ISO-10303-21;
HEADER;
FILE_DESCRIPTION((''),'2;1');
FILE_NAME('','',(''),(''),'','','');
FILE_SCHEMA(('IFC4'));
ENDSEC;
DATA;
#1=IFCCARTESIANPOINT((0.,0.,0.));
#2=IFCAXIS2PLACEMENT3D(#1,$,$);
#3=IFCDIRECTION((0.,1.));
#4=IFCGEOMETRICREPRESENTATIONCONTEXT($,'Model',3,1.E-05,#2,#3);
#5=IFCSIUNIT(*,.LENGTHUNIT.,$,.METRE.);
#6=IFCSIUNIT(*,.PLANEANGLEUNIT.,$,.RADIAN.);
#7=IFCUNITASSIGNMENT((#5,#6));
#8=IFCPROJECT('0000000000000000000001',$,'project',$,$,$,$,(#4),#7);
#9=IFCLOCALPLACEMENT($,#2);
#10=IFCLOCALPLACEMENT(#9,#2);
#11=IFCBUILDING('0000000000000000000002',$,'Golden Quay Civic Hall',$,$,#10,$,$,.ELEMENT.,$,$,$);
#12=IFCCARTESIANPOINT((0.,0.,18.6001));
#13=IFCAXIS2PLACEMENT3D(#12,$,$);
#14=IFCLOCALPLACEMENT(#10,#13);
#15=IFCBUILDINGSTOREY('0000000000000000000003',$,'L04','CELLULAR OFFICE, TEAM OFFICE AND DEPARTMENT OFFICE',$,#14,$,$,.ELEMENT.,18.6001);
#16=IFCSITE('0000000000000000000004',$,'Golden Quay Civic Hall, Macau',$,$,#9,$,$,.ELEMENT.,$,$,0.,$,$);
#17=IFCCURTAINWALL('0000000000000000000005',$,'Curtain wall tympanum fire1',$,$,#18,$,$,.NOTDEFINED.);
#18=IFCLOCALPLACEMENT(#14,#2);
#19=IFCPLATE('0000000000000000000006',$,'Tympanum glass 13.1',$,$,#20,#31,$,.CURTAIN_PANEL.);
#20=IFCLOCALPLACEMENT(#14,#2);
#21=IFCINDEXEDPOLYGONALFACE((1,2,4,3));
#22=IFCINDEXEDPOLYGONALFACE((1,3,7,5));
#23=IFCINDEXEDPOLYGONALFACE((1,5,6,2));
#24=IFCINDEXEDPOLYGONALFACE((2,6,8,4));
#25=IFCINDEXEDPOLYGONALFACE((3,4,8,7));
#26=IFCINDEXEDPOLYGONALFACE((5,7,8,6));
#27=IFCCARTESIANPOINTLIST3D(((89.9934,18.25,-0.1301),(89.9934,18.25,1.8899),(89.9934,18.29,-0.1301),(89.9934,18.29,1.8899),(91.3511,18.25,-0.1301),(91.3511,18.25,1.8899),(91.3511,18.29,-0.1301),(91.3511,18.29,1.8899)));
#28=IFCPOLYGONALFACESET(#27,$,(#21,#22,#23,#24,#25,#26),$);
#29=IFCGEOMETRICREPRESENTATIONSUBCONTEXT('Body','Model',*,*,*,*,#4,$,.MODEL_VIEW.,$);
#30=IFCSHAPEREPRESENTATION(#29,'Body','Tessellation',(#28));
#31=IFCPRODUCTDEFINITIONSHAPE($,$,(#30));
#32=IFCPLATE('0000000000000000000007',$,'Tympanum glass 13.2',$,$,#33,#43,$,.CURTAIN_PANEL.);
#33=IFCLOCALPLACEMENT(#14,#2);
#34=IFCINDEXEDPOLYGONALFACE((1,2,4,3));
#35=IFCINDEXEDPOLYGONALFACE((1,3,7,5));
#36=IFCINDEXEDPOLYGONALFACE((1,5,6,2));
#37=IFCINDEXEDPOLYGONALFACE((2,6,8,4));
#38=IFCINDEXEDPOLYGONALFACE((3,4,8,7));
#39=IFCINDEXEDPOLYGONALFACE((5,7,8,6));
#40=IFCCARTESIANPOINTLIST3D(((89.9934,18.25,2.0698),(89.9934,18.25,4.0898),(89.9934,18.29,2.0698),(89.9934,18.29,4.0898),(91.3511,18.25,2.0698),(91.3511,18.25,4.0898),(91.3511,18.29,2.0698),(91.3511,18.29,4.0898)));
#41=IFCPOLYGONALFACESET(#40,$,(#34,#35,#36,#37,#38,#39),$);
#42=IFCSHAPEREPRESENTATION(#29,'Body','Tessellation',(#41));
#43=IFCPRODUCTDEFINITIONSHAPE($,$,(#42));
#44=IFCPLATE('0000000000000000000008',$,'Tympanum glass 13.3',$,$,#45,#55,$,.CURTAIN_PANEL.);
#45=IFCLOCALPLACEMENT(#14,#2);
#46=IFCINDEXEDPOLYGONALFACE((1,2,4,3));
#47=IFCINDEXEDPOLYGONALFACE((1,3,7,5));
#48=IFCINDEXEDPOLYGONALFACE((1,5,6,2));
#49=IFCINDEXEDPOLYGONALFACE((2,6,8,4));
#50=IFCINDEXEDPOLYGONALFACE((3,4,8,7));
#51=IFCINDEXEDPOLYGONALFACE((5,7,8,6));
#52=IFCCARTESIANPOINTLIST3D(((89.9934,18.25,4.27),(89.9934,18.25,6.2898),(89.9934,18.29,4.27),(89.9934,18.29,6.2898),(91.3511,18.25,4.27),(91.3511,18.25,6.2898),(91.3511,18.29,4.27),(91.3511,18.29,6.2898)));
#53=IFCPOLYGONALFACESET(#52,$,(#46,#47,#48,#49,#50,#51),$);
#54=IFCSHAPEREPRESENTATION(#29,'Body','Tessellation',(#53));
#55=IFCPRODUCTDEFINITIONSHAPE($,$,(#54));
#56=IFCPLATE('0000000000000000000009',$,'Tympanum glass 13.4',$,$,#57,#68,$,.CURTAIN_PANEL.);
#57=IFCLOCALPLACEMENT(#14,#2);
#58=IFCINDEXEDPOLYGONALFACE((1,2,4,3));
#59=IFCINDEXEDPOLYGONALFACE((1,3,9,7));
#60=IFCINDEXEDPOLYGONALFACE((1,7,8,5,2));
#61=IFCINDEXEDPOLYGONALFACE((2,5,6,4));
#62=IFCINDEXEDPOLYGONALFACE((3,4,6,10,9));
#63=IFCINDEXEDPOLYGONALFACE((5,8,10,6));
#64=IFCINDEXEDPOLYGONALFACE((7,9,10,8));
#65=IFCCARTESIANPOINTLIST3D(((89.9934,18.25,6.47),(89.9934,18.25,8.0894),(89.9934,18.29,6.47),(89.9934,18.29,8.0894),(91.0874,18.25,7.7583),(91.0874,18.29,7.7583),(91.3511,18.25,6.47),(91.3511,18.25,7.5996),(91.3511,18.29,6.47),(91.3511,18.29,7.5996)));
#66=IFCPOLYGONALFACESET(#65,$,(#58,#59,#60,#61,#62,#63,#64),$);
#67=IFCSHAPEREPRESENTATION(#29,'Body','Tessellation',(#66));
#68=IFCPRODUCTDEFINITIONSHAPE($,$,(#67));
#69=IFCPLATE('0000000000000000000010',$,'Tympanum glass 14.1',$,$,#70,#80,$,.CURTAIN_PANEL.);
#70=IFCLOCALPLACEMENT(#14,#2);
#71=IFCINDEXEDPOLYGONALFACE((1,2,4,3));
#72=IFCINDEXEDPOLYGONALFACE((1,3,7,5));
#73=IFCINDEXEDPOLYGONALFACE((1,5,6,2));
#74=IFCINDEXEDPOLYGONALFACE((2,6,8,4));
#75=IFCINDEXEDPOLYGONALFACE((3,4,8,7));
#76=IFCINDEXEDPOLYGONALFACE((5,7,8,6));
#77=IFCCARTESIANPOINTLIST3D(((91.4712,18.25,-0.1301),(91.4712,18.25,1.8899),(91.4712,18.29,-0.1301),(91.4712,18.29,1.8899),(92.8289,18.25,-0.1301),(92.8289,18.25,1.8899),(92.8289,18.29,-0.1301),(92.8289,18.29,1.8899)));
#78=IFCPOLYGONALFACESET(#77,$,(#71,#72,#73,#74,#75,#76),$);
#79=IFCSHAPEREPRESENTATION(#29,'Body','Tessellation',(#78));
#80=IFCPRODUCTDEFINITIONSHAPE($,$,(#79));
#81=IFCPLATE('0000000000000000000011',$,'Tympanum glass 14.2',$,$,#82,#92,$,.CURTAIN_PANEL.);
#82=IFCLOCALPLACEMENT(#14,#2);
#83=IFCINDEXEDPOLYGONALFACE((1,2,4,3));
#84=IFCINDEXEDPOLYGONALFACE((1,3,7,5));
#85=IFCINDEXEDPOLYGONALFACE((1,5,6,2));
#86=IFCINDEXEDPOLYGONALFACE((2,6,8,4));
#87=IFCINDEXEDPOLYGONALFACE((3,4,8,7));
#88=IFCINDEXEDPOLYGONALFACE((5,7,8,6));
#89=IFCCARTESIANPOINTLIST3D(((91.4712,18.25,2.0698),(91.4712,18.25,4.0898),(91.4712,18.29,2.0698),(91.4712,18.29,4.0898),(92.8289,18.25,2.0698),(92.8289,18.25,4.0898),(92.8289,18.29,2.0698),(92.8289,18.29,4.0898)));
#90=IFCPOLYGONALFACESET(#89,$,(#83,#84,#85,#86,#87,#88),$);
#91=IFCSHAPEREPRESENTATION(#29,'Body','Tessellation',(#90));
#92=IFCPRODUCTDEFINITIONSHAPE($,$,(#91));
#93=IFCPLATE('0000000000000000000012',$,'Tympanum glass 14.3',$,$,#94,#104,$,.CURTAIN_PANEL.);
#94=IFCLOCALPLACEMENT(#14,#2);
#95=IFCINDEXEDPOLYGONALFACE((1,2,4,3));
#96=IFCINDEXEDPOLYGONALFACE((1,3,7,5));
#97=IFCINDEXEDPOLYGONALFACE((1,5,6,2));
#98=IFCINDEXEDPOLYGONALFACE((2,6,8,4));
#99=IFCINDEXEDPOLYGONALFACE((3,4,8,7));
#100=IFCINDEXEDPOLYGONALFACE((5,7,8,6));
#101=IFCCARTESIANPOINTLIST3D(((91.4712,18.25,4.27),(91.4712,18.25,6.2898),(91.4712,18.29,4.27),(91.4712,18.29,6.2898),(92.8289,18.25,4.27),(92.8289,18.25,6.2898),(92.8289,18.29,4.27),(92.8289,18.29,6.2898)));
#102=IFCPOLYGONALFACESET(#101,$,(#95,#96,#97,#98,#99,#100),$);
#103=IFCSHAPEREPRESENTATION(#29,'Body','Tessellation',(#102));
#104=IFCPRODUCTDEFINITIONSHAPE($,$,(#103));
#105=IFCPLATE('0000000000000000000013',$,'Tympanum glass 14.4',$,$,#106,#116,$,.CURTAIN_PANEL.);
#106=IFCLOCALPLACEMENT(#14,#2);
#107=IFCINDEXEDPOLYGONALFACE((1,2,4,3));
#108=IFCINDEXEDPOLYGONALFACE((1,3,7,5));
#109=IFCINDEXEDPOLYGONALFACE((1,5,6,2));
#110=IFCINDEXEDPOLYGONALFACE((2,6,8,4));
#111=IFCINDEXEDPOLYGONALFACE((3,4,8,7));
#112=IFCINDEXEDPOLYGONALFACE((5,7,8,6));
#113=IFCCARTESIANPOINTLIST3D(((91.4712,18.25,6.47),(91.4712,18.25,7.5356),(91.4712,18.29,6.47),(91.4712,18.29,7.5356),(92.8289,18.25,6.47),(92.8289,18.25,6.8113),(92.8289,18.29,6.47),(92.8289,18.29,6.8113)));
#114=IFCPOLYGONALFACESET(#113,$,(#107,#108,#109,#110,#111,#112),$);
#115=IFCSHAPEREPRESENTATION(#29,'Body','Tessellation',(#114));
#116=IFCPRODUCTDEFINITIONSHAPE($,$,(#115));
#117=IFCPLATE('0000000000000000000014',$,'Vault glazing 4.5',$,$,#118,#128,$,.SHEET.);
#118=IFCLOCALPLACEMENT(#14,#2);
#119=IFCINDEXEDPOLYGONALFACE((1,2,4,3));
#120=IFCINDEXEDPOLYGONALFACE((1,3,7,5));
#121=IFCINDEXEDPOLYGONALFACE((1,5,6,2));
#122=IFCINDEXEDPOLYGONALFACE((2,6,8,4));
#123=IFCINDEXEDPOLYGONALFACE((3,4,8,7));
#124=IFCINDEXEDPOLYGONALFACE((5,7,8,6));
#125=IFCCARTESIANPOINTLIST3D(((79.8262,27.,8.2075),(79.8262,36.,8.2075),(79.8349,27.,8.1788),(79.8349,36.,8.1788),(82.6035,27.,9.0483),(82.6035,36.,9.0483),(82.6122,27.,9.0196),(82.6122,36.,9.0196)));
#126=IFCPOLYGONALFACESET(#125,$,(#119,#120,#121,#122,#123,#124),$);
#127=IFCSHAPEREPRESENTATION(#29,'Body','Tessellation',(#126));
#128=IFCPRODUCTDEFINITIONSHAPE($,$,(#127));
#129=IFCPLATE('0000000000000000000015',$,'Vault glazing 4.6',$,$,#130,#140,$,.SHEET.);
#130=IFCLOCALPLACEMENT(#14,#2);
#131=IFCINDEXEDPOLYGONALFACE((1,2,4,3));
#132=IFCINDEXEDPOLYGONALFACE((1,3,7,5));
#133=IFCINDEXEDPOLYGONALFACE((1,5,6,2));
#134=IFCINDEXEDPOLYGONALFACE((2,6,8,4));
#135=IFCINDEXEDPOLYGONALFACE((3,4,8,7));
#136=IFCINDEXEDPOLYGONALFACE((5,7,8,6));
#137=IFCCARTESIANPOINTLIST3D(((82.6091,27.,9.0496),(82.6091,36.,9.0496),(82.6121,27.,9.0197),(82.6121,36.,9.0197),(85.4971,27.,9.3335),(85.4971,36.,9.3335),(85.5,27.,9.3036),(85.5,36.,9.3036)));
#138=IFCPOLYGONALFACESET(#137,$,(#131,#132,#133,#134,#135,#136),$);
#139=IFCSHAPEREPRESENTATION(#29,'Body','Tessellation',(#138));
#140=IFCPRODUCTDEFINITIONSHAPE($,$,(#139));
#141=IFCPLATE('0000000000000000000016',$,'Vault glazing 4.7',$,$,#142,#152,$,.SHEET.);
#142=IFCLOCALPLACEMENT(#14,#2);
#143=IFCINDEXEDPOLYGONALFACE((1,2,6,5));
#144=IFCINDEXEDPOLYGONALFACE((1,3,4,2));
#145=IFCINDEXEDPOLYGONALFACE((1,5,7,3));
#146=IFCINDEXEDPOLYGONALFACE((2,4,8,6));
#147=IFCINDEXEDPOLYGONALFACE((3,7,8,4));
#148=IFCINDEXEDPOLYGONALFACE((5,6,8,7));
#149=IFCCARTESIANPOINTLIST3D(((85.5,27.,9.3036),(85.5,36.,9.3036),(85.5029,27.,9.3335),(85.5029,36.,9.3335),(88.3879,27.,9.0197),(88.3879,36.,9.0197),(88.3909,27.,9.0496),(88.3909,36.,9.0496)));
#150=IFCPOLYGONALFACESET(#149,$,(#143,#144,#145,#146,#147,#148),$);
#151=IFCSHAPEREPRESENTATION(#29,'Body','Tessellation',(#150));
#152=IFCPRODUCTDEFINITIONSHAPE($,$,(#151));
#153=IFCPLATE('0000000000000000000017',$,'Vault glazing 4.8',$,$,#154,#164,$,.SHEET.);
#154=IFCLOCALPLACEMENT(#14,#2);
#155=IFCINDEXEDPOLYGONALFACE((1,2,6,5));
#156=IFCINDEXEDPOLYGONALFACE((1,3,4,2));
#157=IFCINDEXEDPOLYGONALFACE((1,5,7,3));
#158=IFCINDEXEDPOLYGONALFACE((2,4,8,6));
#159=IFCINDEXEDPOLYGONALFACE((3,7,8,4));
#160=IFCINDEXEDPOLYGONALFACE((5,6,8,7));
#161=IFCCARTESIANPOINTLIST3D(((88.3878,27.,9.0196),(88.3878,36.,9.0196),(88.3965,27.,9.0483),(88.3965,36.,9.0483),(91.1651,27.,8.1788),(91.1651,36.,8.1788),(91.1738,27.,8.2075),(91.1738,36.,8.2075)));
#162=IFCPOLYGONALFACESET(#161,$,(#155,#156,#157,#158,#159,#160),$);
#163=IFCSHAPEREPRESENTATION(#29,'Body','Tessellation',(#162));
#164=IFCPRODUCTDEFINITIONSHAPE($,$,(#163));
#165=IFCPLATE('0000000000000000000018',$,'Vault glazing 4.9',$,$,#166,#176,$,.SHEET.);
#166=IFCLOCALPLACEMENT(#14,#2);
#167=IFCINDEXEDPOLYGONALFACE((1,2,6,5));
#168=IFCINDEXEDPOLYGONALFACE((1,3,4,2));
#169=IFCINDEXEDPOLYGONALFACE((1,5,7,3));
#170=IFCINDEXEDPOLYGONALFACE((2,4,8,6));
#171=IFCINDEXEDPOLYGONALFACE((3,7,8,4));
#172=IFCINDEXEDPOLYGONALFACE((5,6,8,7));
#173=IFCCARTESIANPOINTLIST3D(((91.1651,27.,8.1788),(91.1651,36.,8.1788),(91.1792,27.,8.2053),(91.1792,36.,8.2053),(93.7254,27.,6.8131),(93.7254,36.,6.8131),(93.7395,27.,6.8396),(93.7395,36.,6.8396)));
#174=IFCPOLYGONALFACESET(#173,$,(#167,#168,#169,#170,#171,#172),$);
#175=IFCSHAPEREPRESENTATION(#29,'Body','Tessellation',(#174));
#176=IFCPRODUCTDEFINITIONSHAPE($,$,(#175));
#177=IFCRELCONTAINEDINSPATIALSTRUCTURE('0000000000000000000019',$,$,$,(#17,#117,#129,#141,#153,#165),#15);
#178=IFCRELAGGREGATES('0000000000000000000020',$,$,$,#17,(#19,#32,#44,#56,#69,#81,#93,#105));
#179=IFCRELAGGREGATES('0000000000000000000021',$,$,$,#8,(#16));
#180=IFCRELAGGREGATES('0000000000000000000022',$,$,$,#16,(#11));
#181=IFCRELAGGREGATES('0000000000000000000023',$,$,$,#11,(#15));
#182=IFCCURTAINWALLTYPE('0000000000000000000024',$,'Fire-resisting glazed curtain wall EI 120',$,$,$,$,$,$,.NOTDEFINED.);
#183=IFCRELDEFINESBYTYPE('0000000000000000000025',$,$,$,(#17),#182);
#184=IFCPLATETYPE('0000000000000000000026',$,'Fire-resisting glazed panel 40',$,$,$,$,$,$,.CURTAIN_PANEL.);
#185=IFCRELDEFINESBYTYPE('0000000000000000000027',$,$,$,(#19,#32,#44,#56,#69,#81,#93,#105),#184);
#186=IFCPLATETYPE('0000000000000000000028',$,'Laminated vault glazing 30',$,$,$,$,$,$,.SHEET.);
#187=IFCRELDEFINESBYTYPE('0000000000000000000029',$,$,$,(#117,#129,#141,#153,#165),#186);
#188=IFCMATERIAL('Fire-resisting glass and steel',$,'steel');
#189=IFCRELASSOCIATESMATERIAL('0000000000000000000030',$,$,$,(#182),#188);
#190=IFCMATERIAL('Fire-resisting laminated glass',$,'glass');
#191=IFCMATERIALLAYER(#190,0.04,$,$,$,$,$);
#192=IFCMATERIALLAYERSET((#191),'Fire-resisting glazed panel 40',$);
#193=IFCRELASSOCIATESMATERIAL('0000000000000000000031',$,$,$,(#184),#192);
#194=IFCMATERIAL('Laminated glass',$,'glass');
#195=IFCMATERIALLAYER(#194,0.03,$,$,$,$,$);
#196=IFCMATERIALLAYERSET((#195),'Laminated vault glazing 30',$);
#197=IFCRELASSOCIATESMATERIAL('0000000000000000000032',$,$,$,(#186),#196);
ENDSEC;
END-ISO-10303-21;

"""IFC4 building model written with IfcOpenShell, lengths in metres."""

from ifc_helpers import new_model, si_unit, direction, frame, origin, place, context, subcontext, project, spatial, polyline, outline, extrude, material, layer, layer_set, type_object, element, aggregate, save


model = new_model("IFC4")

# Units and contexts
model_context = context("Model", 3, precision=1e-05, world=origin(), true_north=direction((0.0, 1.0)))
body_context = subcontext(model_context, "Body", "Model", "MODEL_VIEW")
ifc_project = project(units=[si_unit("LENGTHUNIT", "METRE"), si_unit("PLANEANGLEUNIT", "RADIAN")], contexts=[model_context])

# Site, building, storey
site_placement = place(None, origin())
site = spatial("IfcSite", under=ifc_project, at=site_placement, Name="Golden Quay Civic Hall, Macau", CompositionType="ELEMENT", RefElevation=0.0)
building_placement = place(site_placement, origin())
building = spatial("IfcBuilding", under=site, at=building_placement, Name="Golden Quay Civic Hall", CompositionType="ELEMENT")
storey_placement = place(building_placement, frame((0.0, 0.0, 18.6001)))
storey = spatial("IfcBuildingStorey", under=building, at=storey_placement, Name="L04", Description="CELLULAR OFFICE, TEAM OFFICE AND DEPARTMENT OFFICE", CompositionType="ELEMENT", Elevation=18.6001)

# Curtain wall, plates
ifc_material_1 = material(Name="Fire-resisting glass and steel", Category="steel")
curtain_wall_type = type_object("IfcCurtainWallType", Name="Fire-resisting glazed curtain wall EI 120", PredefinedType="NOTDEFINED", material=ifc_material_1)
curtain_wall_placement = place(storey_placement, origin())
curtain_wall = element("IfcCurtainWall", 1, at=curtain_wall_placement, inside=storey, type_object=curtain_wall_type, Name="Curtain wall tympanum fire1", PredefinedType="NOTDEFINED")
ifc_material_2 = material(Name="Fire-resisting laminated glass", Category="glass")
ifc_layer_1 = layer(ifc_material_2, 0.04)
ifc_layer_set_1 = layer_set([ifc_layer_1], Name="Fire-resisting glazed panel 40")
plate_type_1 = type_object("IfcPlateType", Name="Fire-resisting glazed panel 40", PredefinedType="CURTAIN_PANEL", material=ifc_layer_set_1)
plate_1_placement = place(storey_placement, frame((91.3511, 18.29, -0.1301), z_axis=(0.0, 1.0, 0.0), x_axis=(-1.0, 0.0, 0.0)))
plate_1 = element("IfcPlate", 2, at=plate_1_placement, type_object=plate_type_1, Name="Tympanum glass 13.1", PredefinedType="CURTAIN_PANEL", context=body_context, shape_type="SweptSolid", body=[
    extrude(outline(polyline([(0.0, 0.0), (1.3577, 0.0), (1.3577, 2.02), (0.0, 2.02), (0.0, 0.0)])), origin(), (0.0, 0.0, -1.0), 0.04),
])
plate_2_placement = place(storey_placement, frame((91.3511, 18.29, 2.0698), z_axis=(0.0, 1.0, 0.0), x_axis=(-1.0, 0.0, 0.0)))
plate_2 = element("IfcPlate", 3, at=plate_2_placement, type_object=plate_type_1, Name="Tympanum glass 13.2", PredefinedType="CURTAIN_PANEL", context=body_context, shape_type="SweptSolid", body=[
    extrude(outline(polyline([(0.0, 0.0), (1.3577, 0.0), (1.3577, 2.02), (0.0, 2.02), (0.0, 0.0)])), origin(), (0.0, 0.0, -1.0), 0.04),
])
plate_3_placement = place(storey_placement, frame((91.3511, 18.29, 4.27), z_axis=(0.0, 1.0, 0.0), x_axis=(-1.0, 0.0, 0.0)))
plate_3 = element("IfcPlate", 4, at=plate_3_placement, type_object=plate_type_1, Name="Tympanum glass 13.3", PredefinedType="CURTAIN_PANEL", context=body_context, shape_type="SweptSolid", body=[
    extrude(outline(polyline([(0.0, 0.0), (1.3577, 0.0), (1.3577, 2.0198), (0.0, 2.0198), (0.0, 0.0)])), origin(), (0.0, 0.0, -1.0), 0.04),
])
plate_4_placement = place(storey_placement, frame((91.3511, 18.29, 6.47), z_axis=(0.0, 1.0, 0.0), x_axis=(-1.0, 0.0, 0.0)))
plate_4 = element("IfcPlate", 5, at=plate_4_placement, type_object=plate_type_1, Name="Tympanum glass 13.4", PredefinedType="CURTAIN_PANEL", context=body_context, shape_type="SweptSolid", body=[
    extrude(outline(polyline([(0.0, 0.0), (1.3577, 0.0), (1.3577, 1.6194), (0.2637, 1.2883), (0.0, 1.1296), (0.0, 0.0)])), origin(), (0.0, 0.0, -1.0), 0.04),
])
plate_5_placement = place(storey_placement, frame((92.8289, 18.29, -0.1301), z_axis=(0.0, 1.0, 0.0), x_axis=(-1.0, 0.0, 0.0)))
plate_5 = element("IfcPlate", 6, at=plate_5_placement, type_object=plate_type_1, Name="Tympanum glass 14.1", PredefinedType="CURTAIN_PANEL", context=body_context, shape_type="SweptSolid", body=[
    extrude(outline(polyline([(0.0, 0.0), (1.3577, 0.0), (1.3577, 2.02), (0.0, 2.02), (0.0, 0.0)])), origin(), (0.0, 0.0, -1.0), 0.04),
])
plate_6_placement = place(storey_placement, frame((92.8289, 18.29, 2.0698), z_axis=(0.0, 1.0, 0.0), x_axis=(-1.0, 0.0, 0.0)))
plate_6 = element("IfcPlate", 7, at=plate_6_placement, type_object=plate_type_1, Name="Tympanum glass 14.2", PredefinedType="CURTAIN_PANEL", context=body_context, shape_type="SweptSolid", body=[
    extrude(outline(polyline([(0.0, 0.0), (1.3577, 0.0), (1.3577, 2.02), (0.0, 2.02), (0.0, 0.0)])), origin(), (0.0, 0.0, -1.0), 0.04),
])
plate_7_placement = place(storey_placement, frame((92.8289, 18.29, 4.27), z_axis=(0.0, 1.0, 0.0), x_axis=(-1.0, 0.0, 0.0)))
plate_7 = element("IfcPlate", 8, at=plate_7_placement, type_object=plate_type_1, Name="Tympanum glass 14.3", PredefinedType="CURTAIN_PANEL", context=body_context, shape_type="SweptSolid", body=[
    extrude(outline(polyline([(0.0, 0.0), (1.3577, 0.0), (1.3577, 2.0198), (0.0, 2.0198), (0.0, 0.0)])), origin(), (0.0, 0.0, -1.0), 0.04),
])
plate_8_placement = place(storey_placement, frame((92.8289, 18.29, 6.47), z_axis=(0.0, 1.0, 0.0), x_axis=(-1.0, 0.0, 0.0)))
plate_8 = element("IfcPlate", 9, at=plate_8_placement, type_object=plate_type_1, Name="Tympanum glass 14.4", PredefinedType="CURTAIN_PANEL", context=body_context, shape_type="SweptSolid", body=[
    extrude(outline(polyline([(0.0, 0.0), (1.3577, 0.0), (1.3577, 1.0657), (0.0, 0.3413), (0.0, 0.0)])), origin(), (0.0, 0.0, -1.0), 0.04),
])
aggregate(curtain_wall, [plate_1, plate_2, plate_3, plate_4, plate_5, plate_6, plate_7, plate_8])

# Plates
ifc_material_3 = material(Name="Laminated glass", Category="glass")
ifc_layer_2 = layer(ifc_material_3, 0.03)
ifc_layer_set_2 = layer_set([ifc_layer_2], Name="Laminated vault glazing 30")
plate_type_2 = type_object("IfcPlateType", Name="Laminated vault glazing 30", PredefinedType="SHEET", material=ifc_layer_set_2)
plate_9_placement = place(storey_placement, frame((79.8262, 27.0, 8.2075), z_axis=(-0.289755, 0.0, 0.957101), x_axis=(0.957101, 0.0, 0.289755)))
element("IfcPlate", 10, at=plate_9_placement, inside=storey, type_object=plate_type_2, Name="Vault glazing 4.5", PredefinedType="SHEET", context=body_context, shape_type="SweptSolid", body=[
    extrude(outline(polyline([(0.0, 0.0), (2.9018, 0.0), (2.9018, 9.0), (0.0, 9.0), (0.0, 0.0)])), origin(), (0.0, 0.0, -1.0), 0.03),
])
for number, where, z_axis, x_axis, name in (
    (11, (82.6091, 27.0, 9.0496), (-0.097846, 0.0, 0.995202), (0.995202, 0.0, 0.097846), "Vault glazing 4.6"),
    (12, (85.5029, 27.0, 9.3335), (0.097846, 0.0, 0.995202), (0.995202, 0.0, -0.097846), "Vault glazing 4.7"),
):
    element("IfcPlate", number, at=place(storey_placement, frame(where, z_axis=z_axis, x_axis=x_axis)), inside=storey, type_object=plate_type_2, Name=name, PredefinedType="SHEET", context=body_context, shape_type="SweptSolid", body=[
        extrude(outline(polyline([(0.0, 0.0), (2.9019, 0.0), (2.9019, 9.0), (0.0, 9.0), (0.0, 0.0)])), origin(), (0.0, 0.0, -1.0), 0.03),
    ])
plate_10_placement = place(storey_placement, frame((88.3965, 27.0, 9.0483), z_axis=(0.289755, 0.0, 0.957101), x_axis=(0.957101, 0.0, -0.289755)))
element("IfcPlate", 13, at=plate_10_placement, inside=storey, type_object=plate_type_2, Name="Vault glazing 4.8", PredefinedType="SHEET", context=body_context, shape_type="SweptSolid", body=[
    extrude(outline(polyline([(0.0, 0.0), (2.9018, 0.0), (2.9018, 9.0), (0.0, 9.0), (0.0, 0.0)])), origin(), (0.0, 0.0, -1.0), 0.03),
])
plate_11_placement = place(storey_placement, frame((91.1792, 27.0, 8.2053), z_axis=(0.470649, 0.0, 0.88232), x_axis=(0.88232, 0.0, -0.470649)))
element("IfcPlate", 14, at=plate_11_placement, inside=storey, type_object=plate_type_2, Name="Vault glazing 4.9", PredefinedType="SHEET", context=body_context, shape_type="SweptSolid", body=[
    extrude(outline(polyline([(0.0, 0.0), (2.9018, 0.0), (2.9018, 9.0), (0.0, 9.0), (0.0, 0.0)])), origin(), (0.0, 0.0, -1.0), 0.03),
])

save(model, "model.ifc")
